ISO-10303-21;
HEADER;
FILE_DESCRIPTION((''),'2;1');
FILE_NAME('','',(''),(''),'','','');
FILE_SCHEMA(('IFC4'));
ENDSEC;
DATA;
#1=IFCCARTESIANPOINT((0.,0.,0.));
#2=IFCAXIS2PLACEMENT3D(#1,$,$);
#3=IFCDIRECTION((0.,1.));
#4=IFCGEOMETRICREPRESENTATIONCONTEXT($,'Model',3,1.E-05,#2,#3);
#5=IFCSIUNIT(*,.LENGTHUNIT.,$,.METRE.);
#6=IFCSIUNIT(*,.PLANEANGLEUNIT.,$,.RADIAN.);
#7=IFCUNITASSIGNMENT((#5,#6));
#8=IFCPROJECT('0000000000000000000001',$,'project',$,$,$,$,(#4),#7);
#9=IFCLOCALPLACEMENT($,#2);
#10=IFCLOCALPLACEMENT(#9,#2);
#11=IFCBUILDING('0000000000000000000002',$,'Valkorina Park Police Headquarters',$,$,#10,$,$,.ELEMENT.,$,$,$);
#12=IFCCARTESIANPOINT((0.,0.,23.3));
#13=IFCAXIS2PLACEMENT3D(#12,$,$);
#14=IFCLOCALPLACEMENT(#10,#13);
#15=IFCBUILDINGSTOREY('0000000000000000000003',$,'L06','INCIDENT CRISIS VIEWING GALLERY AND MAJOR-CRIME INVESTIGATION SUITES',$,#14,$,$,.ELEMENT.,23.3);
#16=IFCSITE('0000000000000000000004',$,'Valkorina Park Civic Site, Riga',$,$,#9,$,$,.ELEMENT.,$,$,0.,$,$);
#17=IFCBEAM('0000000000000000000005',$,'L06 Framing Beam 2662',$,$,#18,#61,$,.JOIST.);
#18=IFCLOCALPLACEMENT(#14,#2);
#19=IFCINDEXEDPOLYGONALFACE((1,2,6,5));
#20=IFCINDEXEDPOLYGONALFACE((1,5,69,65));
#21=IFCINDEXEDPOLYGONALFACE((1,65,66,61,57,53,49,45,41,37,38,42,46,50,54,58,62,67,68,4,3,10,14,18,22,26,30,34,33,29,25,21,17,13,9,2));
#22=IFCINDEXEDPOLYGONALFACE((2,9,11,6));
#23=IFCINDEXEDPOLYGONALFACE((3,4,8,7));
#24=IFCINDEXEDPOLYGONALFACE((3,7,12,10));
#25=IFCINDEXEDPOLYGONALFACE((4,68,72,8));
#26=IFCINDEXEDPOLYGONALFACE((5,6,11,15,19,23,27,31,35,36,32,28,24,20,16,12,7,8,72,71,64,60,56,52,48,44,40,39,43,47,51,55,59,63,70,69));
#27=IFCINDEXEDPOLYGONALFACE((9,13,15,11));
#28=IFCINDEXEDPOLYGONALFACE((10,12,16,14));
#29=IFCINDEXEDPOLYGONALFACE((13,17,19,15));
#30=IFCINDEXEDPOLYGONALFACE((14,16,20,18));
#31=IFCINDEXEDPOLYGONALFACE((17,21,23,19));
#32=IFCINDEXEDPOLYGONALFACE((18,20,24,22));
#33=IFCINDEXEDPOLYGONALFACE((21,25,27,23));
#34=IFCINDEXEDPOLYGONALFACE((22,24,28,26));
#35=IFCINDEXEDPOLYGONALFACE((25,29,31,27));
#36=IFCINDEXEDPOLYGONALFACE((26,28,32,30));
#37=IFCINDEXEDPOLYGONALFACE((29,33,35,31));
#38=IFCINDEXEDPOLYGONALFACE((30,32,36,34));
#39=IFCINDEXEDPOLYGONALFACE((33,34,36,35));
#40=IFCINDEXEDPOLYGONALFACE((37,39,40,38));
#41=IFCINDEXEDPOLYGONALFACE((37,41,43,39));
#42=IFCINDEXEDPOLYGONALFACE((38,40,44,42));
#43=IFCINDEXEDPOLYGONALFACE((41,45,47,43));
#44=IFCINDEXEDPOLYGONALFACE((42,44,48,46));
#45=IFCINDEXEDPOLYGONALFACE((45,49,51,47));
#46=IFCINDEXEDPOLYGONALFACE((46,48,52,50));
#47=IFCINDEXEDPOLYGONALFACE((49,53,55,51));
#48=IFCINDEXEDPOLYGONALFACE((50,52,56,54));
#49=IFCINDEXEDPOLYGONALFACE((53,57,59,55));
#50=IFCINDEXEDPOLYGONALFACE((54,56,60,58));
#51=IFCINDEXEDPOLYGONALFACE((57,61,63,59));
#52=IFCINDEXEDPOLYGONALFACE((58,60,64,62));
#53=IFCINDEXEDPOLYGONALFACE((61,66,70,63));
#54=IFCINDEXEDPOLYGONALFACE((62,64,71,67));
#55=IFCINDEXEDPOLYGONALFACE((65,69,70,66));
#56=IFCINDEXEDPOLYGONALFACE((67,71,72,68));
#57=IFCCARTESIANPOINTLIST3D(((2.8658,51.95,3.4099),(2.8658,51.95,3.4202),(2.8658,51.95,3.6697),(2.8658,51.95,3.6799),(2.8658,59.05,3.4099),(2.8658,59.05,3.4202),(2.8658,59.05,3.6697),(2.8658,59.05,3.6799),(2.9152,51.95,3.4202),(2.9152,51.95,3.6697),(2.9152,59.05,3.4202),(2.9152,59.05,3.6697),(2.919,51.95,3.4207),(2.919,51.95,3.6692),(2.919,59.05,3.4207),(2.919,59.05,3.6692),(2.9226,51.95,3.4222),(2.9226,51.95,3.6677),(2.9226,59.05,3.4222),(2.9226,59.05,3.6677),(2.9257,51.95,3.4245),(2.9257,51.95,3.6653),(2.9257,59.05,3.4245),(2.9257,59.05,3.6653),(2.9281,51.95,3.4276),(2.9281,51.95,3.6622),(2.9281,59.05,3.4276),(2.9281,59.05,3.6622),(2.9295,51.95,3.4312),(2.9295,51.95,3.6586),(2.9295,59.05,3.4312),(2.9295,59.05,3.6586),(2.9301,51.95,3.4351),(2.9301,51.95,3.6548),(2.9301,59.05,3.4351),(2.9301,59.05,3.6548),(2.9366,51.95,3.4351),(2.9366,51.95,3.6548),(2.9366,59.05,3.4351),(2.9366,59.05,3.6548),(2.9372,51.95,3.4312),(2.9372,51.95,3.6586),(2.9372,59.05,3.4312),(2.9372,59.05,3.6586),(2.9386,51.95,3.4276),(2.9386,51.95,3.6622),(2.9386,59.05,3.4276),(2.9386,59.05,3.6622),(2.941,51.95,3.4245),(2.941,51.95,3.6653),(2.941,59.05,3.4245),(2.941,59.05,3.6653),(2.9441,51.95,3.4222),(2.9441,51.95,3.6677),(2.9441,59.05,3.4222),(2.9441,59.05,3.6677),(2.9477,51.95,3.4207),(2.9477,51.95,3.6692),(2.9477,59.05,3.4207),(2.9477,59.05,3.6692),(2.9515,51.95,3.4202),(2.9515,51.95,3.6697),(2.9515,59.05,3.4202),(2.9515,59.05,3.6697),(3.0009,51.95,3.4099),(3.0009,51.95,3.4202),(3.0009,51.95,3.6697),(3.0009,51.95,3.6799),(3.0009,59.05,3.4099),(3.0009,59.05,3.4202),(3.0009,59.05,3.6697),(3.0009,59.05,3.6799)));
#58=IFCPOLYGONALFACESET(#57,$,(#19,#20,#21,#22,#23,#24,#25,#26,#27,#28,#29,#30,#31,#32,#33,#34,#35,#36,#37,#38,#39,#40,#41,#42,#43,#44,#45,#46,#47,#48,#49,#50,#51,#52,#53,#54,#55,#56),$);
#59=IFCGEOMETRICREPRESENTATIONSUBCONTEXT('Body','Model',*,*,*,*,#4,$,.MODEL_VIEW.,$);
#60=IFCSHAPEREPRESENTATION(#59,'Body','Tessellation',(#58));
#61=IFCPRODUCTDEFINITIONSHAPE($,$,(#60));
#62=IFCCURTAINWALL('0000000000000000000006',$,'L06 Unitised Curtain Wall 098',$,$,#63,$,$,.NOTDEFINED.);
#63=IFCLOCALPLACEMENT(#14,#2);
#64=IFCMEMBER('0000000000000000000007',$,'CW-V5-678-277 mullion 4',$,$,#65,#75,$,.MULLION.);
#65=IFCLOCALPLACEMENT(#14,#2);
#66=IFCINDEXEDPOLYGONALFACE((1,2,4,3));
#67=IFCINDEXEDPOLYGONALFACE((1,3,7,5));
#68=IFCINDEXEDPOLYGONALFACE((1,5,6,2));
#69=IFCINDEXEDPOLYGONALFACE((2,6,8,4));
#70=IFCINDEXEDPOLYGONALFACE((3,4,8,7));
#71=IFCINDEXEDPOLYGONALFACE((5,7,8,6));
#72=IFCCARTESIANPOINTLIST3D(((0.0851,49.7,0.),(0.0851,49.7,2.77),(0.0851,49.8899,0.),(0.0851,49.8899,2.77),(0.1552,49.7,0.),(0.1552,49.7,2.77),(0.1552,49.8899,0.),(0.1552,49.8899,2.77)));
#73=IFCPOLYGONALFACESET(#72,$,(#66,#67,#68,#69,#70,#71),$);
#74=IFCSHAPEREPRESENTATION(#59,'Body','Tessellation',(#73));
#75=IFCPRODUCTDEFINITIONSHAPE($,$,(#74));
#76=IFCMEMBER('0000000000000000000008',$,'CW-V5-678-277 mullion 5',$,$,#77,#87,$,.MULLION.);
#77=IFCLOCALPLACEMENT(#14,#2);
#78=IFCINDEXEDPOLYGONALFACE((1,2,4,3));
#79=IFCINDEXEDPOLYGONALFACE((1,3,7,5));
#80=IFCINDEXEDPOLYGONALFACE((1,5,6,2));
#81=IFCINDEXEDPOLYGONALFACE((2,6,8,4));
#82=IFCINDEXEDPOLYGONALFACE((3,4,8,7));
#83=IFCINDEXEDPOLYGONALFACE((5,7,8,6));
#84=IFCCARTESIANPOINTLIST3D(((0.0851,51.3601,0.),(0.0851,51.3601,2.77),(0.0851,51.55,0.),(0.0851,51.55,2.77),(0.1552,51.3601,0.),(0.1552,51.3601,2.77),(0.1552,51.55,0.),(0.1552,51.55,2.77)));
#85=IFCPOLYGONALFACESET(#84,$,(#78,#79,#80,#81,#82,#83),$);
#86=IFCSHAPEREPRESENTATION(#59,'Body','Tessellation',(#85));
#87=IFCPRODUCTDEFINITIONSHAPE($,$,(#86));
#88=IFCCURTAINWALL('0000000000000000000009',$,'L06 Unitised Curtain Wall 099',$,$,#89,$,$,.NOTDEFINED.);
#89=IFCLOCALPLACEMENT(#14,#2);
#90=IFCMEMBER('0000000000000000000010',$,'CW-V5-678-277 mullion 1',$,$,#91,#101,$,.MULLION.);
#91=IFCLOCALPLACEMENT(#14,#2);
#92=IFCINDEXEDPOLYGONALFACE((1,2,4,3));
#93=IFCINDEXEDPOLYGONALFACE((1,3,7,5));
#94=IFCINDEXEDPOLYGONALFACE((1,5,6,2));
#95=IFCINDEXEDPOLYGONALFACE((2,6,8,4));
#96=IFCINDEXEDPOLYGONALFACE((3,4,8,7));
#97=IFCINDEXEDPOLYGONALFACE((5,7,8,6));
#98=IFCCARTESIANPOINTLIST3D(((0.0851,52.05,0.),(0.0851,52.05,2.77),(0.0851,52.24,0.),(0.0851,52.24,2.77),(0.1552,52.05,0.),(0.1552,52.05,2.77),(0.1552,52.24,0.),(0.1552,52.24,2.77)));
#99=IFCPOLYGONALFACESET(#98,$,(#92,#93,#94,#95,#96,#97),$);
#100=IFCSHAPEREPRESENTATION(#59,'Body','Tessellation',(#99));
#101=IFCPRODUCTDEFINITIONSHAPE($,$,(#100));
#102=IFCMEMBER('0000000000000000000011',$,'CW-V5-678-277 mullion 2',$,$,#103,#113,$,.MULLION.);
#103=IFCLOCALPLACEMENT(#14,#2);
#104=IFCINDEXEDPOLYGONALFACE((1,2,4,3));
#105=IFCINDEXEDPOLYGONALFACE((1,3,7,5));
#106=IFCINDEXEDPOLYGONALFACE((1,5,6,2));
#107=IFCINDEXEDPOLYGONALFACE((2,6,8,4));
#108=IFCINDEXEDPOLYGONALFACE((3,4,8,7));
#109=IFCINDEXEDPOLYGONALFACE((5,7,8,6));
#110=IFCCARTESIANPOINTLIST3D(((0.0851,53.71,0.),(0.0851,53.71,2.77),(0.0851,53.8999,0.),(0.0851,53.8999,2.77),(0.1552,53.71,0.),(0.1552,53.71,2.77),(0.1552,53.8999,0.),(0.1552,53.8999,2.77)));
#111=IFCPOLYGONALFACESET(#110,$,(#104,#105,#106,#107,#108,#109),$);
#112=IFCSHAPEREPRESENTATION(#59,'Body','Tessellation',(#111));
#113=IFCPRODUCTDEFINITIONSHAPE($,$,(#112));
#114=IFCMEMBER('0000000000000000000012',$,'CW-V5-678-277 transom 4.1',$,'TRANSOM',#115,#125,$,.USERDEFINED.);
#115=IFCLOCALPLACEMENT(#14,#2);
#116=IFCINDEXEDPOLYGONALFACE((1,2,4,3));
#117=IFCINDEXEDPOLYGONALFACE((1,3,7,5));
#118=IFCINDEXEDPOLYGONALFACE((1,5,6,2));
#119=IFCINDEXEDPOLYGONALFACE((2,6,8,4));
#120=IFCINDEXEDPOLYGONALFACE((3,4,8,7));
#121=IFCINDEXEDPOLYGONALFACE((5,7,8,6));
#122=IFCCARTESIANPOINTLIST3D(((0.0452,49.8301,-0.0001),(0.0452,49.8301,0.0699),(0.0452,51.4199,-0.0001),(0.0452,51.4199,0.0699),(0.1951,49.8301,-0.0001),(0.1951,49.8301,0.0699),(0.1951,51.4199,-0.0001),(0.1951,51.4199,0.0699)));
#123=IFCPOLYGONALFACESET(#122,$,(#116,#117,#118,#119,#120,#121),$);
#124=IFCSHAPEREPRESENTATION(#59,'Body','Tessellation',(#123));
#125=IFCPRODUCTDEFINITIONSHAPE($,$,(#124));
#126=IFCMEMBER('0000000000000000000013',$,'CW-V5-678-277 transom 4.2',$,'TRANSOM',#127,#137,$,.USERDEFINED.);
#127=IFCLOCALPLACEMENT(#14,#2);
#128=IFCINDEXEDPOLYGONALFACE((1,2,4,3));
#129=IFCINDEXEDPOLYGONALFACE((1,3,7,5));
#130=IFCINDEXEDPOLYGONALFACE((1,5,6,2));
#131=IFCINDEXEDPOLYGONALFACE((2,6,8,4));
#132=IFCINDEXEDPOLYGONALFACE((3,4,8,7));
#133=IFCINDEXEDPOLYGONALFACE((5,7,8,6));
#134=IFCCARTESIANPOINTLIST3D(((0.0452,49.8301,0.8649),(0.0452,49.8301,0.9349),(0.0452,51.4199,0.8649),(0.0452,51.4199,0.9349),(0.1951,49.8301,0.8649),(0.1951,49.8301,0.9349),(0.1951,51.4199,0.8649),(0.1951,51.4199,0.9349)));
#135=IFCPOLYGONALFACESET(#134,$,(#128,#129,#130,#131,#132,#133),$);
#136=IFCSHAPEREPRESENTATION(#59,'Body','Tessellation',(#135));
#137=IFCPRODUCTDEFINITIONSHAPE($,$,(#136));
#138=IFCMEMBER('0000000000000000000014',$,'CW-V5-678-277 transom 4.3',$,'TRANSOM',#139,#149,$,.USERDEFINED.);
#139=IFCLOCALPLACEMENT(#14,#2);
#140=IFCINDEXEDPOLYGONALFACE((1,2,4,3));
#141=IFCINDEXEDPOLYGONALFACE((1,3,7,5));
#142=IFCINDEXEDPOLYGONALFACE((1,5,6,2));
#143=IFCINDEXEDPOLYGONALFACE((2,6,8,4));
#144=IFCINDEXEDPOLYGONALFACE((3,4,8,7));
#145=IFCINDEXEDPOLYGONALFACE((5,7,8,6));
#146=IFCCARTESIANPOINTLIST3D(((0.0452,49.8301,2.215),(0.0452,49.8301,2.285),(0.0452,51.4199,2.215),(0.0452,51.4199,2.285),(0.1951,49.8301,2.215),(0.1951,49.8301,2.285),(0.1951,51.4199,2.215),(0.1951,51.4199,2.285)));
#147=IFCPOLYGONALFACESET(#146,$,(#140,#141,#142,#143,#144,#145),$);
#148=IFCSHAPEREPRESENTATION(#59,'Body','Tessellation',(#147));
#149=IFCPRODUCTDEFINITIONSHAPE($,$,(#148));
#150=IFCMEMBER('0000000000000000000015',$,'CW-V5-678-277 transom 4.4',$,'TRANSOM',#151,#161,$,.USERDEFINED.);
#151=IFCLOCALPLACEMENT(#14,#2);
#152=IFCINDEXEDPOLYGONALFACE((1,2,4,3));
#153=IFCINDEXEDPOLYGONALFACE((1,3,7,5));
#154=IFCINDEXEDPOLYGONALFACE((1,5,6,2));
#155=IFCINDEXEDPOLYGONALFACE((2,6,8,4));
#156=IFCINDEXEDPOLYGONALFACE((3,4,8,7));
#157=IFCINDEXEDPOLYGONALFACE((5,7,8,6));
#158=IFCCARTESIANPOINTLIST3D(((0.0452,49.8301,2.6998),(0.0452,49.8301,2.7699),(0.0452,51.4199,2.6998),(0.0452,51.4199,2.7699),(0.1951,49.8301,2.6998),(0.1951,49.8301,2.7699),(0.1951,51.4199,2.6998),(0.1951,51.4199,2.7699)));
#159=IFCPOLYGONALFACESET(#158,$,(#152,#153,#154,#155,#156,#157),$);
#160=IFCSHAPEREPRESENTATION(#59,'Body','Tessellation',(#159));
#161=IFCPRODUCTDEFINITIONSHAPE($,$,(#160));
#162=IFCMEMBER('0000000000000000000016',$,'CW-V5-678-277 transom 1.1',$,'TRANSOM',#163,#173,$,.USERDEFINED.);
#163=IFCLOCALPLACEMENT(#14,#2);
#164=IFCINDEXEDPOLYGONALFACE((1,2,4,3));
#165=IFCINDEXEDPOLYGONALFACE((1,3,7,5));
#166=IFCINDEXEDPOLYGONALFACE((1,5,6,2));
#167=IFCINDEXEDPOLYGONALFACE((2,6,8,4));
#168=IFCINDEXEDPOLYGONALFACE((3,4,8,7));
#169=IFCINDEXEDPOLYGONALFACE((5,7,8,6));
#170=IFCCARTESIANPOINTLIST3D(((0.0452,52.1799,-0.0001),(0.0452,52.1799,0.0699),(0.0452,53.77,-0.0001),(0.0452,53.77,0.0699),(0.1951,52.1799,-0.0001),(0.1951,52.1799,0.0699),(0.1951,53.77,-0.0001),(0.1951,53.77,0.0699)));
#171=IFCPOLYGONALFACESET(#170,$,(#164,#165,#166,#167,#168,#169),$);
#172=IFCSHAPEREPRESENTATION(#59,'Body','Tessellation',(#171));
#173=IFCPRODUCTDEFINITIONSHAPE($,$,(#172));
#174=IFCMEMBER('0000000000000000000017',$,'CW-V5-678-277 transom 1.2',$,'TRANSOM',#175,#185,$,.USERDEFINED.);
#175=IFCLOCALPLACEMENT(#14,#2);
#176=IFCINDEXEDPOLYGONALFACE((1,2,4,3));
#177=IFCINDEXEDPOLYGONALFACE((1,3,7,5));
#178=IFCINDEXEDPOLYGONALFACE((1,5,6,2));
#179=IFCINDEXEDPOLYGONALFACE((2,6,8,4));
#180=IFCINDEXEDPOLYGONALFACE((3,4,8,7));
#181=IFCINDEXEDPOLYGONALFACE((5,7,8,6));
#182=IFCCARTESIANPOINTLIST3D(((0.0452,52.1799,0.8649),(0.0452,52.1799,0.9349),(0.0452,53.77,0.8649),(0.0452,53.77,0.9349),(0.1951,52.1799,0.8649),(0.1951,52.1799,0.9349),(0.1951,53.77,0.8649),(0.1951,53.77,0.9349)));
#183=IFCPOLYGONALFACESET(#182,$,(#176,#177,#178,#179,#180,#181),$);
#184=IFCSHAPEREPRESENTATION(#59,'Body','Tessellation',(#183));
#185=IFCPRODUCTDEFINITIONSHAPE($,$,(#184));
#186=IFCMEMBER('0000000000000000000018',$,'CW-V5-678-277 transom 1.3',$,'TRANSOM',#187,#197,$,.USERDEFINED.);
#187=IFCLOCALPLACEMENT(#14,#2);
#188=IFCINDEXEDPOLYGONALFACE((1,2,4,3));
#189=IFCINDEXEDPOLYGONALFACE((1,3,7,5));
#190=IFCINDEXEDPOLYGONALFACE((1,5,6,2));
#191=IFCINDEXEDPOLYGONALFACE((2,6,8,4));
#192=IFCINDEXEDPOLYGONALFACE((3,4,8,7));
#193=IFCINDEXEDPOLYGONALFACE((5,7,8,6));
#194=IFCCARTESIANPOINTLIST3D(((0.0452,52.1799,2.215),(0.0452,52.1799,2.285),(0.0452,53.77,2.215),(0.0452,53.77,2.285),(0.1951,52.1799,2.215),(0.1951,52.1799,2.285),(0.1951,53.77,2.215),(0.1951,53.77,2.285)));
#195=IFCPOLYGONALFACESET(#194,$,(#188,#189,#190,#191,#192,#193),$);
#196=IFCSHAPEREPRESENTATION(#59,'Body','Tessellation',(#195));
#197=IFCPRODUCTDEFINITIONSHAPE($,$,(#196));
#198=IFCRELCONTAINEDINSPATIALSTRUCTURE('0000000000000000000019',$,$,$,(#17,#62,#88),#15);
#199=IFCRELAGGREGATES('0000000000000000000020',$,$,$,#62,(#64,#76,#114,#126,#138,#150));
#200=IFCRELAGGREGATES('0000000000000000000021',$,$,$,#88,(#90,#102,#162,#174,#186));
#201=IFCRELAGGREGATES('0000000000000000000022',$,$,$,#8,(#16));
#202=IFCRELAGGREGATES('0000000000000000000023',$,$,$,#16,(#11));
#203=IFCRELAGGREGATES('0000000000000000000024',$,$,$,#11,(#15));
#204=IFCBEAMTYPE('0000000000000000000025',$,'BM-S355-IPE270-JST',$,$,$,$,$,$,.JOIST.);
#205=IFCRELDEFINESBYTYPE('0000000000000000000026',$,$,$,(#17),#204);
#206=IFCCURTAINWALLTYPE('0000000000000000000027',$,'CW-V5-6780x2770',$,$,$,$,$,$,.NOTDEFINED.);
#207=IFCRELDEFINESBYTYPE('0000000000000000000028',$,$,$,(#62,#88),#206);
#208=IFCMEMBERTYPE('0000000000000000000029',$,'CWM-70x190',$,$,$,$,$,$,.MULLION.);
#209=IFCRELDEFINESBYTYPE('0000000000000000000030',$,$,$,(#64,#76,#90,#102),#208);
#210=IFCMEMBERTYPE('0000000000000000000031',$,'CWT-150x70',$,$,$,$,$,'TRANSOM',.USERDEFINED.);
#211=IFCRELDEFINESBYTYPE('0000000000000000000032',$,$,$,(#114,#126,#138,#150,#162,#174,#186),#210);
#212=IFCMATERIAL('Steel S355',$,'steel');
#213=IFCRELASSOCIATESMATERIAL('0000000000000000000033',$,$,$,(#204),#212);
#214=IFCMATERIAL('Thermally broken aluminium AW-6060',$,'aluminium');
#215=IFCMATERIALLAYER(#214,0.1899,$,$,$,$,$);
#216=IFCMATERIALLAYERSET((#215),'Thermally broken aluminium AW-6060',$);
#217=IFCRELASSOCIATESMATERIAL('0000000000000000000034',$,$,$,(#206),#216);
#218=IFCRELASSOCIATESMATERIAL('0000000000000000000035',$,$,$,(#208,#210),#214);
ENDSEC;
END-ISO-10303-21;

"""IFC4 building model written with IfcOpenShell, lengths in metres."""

from ifc_helpers import new_model, si_unit, direction, frame, origin, origin_2d, place, context, subcontext, project, spatial, rectangle, i_section, extrude, material, layer, layer_set, material_profile, profile_set, type_object, element, aggregate, save


model = new_model("IFC4")

# Units and contexts
model_context = context("Model", 3, precision=1e-05, world=origin(), true_north=direction((0.0, 1.0)))
body_context = subcontext(model_context, "Body", "Model", "MODEL_VIEW")
ifc_project = project(units=[si_unit("LENGTHUNIT", "METRE"), si_unit("PLANEANGLEUNIT", "RADIAN")], contexts=[model_context])

# Site, building, storey
site_placement = place(None, origin())
site = spatial("IfcSite", under=ifc_project, at=site_placement, Name="Valkorina Park Civic Site, Riga", CompositionType="ELEMENT", RefElevation=0.0)
building_placement = place(site_placement, origin())
building = spatial("IfcBuilding", under=site, at=building_placement, Name="Valkorina Park Police Headquarters", CompositionType="ELEMENT")
storey_placement = place(building_placement, frame((0.0, 0.0, 23.3)))
storey = spatial("IfcBuildingStorey", under=building, at=storey_placement, Name="L06", Description="INCIDENT CRISIS VIEWING GALLERY AND MAJOR-CRIME INVESTIGATION SUITES", CompositionType="ELEMENT", Elevation=23.3)

# Shared definitions
ifc_material_1 = material(Name="Steel S355", Category="steel")

# Beam
ifc_material_profile_1 = material_profile(ifc_material_1, i_section(OverallWidth=0.135, OverallDepth=0.27, WebThickness=0.0066, FlangeThickness=0.0103, FilletRadius=0.0149, at=origin_2d()), Name="IPE 270")
ifc_profile_set_1 = profile_set([ifc_material_profile_1], Name="Steel S355")
beam_type_1 = type_object("IfcBeamType", Name="BM-S355-IPE270-JST", PredefinedType="JOIST", material=ifc_profile_set_1)
beam_1_placement = place(storey_placement, frame((2.9333, 51.95, 3.5449), z_axis=(0.0, 1.0, 0.0), x_axis=(-1.0, 0.0, 0.0)))
element("IfcBeam", 1, at=beam_1_placement, inside=storey, type_object=beam_type_1, Name="L06 Framing Beam 2662", PredefinedType="JOIST", context=body_context, shape_type="SweptSolid", body=[
    extrude(i_section(OverallWidth=0.135, OverallDepth=0.27, WebThickness=0.0066, FlangeThickness=0.0103, FilletRadius=0.0149, at=origin_2d()), origin(), (0.0, 0.0, 1.0), 7.1001),
])

# Curtain walls, members
ifc_material_2 = material(Name="Thermally broken aluminium AW-6060", Category="aluminium")
ifc_layer_1 = layer(ifc_material_2, 0.1899)
ifc_layer_set_1 = layer_set([ifc_layer_1], Name="Thermally broken aluminium AW-6060")
curtain_wall_type = type_object("IfcCurtainWallType", Name="CW-V5-6780x2770", PredefinedType="NOTDEFINED", material=ifc_layer_set_1)
curtain_wall_1_placement = place(storey_placement, origin())
curtain_wall_1 = element("IfcCurtainWall", 2, at=curtain_wall_1_placement, inside=storey, type_object=curtain_wall_type, Name="L06 Unitised Curtain Wall 098", PredefinedType="NOTDEFINED")
ifc_material_profile_2 = material_profile(ifc_material_2, rectangle(XDim=0.0701, YDim=0.1899, at=origin_2d()), Name="CWM-02 70x190")
ifc_profile_set_2 = profile_set([ifc_material_profile_2], Name="Thermally broken aluminium AW-6060")
member_type_1 = type_object("IfcMemberType", Name="CWM-70x190", PredefinedType="MULLION", material=ifc_profile_set_2)
member_1_placement = place(storey_placement, frame((0.1201, 49.7949, 0.0), z_axis=(0.0, 0.0, 1.0), x_axis=(-1.0, 0.0, 0.0)))
member_1 = element("IfcMember", 3, at=member_1_placement, type_object=member_type_1, Name="CW-V5-678-277 mullion 4", PredefinedType="MULLION", context=body_context, shape_type="SweptSolid", body=[
    extrude(rectangle(XDim=0.0701, YDim=0.1899, at=origin_2d()), origin(), (0.0, 0.0, 1.0), 2.77),
])
member_2_placement = place(storey_placement, frame((0.1201, 51.4551, 0.0), z_axis=(0.0, 0.0, 1.0), x_axis=(-1.0, 0.0, 0.0)))
member_2 = element("IfcMember", 4, at=member_2_placement, type_object=member_type_1, Name="CW-V5-678-277 mullion 5", PredefinedType="MULLION", context=body_context, shape_type="SweptSolid", body=[
    extrude(rectangle(XDim=0.0701, YDim=0.1899, at=origin_2d()), origin(), (0.0, 0.0, 1.0), 2.77),
])
curtain_wall_2_placement = place(storey_placement, origin())
curtain_wall_2 = element("IfcCurtainWall", 5, at=curtain_wall_2_placement, inside=storey, type_object=curtain_wall_type, Name="L06 Unitised Curtain Wall 099", PredefinedType="NOTDEFINED")
member_3_placement = place(storey_placement, frame((0.1201, 52.145, 0.0), z_axis=(0.0, 0.0, 1.0), x_axis=(-1.0, 0.0, 0.0)))
member_3 = element("IfcMember", 6, at=member_3_placement, type_object=member_type_1, Name="CW-V5-678-277 mullion 1", PredefinedType="MULLION", context=body_context, shape_type="SweptSolid", body=[
    extrude(rectangle(XDim=0.0701, YDim=0.1899, at=origin_2d()), origin(), (0.0, 0.0, 1.0), 2.77),
])
member_4_placement = place(storey_placement, frame((0.1201, 53.8049, 0.0), z_axis=(0.0, 0.0, 1.0), x_axis=(-1.0, 0.0, 0.0)))
member_4 = element("IfcMember", 7, at=member_4_placement, type_object=member_type_1, Name="CW-V5-678-277 mullion 2", PredefinedType="MULLION", context=body_context, shape_type="SweptSolid", body=[
    extrude(rectangle(XDim=0.0701, YDim=0.1899, at=origin_2d()), origin(), (0.0, 0.0, 1.0), 2.77),
])

# Members
ifc_material_profile_3 = material_profile(ifc_material_2, rectangle(XDim=0.1499, YDim=0.0701, at=origin_2d()), Name="CWT-02 150x70")
ifc_profile_set_3 = profile_set([ifc_material_profile_3], Name="Thermally broken aluminium AW-6060")
member_type_2 = type_object("IfcMemberType", Name="CWT-150x70", ElementType="TRANSOM", PredefinedType="USERDEFINED", material=ifc_profile_set_3)
member_5_placement = place(storey_placement, frame((0.1201, 49.8301, 0.0349), z_axis=(0.0, 1.0, 0.0), x_axis=(-1.0, 0.0, 0.0)))
member_5 = element("IfcMember", 8, at=member_5_placement, type_object=member_type_2, Name="CW-V5-678-277 transom 4.1", ObjectType="TRANSOM", PredefinedType="USERDEFINED", context=body_context, shape_type="SweptSolid", body=[
    extrude(rectangle(XDim=0.1499, YDim=0.0701, at=origin_2d()), origin(), (0.0, 0.0, 1.0), 1.5898),
])
member_6_placement = place(storey_placement, frame((0.1201, 49.8301, 0.8999), z_axis=(0.0, 1.0, 0.0), x_axis=(-1.0, 0.0, 0.0)))
member_6 = element("IfcMember", 9, at=member_6_placement, type_object=member_type_2, Name="CW-V5-678-277 transom 4.2", ObjectType="TRANSOM", PredefinedType="USERDEFINED", context=body_context, shape_type="SweptSolid", body=[
    extrude(rectangle(XDim=0.1499, YDim=0.0701, at=origin_2d()), origin(), (0.0, 0.0, 1.0), 1.5898),
])
member_7_placement = place(storey_placement, frame((0.1201, 49.8301, 2.25), z_axis=(0.0, 1.0, 0.0), x_axis=(-1.0, 0.0, 0.0)))
member_7 = element("IfcMember", 10, at=member_7_placement, type_object=member_type_2, Name="CW-V5-678-277 transom 4.3", ObjectType="TRANSOM", PredefinedType="USERDEFINED", context=body_context, shape_type="SweptSolid", body=[
    extrude(rectangle(XDim=0.1499, YDim=0.0701, at=origin_2d()), origin(), (0.0, 0.0, 1.0), 1.5898),
])
member_8_placement = place(storey_placement, frame((0.1201, 49.8301, 2.7349), z_axis=(0.0, 1.0, 0.0), x_axis=(-1.0, 0.0, 0.0)))
member_8 = element("IfcMember", 11, at=member_8_placement, type_object=member_type_2, Name="CW-V5-678-277 transom 4.4", ObjectType="TRANSOM", PredefinedType="USERDEFINED", context=body_context, shape_type="SweptSolid", body=[
    extrude(rectangle(XDim=0.1499, YDim=0.0701, at=origin_2d()), origin(), (0.0, 0.0, 1.0), 1.5898),
])
member_9_placement = place(storey_placement, frame((0.1201, 52.1799, 0.0349), z_axis=(0.0, 1.0, 0.0), x_axis=(-1.0, 0.0, 0.0)))
member_9 = element("IfcMember", 12, at=member_9_placement, type_object=member_type_2, Name="CW-V5-678-277 transom 1.1", ObjectType="TRANSOM", PredefinedType="USERDEFINED", context=body_context, shape_type="SweptSolid", body=[
    extrude(rectangle(XDim=0.1499, YDim=0.0701, at=origin_2d()), origin(), (0.0, 0.0, 1.0), 1.5901),
])
member_10_placement = place(storey_placement, frame((0.1201, 52.1799, 0.8999), z_axis=(0.0, 1.0, 0.0), x_axis=(-1.0, 0.0, 0.0)))
member_10 = element("IfcMember", 13, at=member_10_placement, type_object=member_type_2, Name="CW-V5-678-277 transom 1.2", ObjectType="TRANSOM", PredefinedType="USERDEFINED", context=body_context, shape_type="SweptSolid", body=[
    extrude(rectangle(XDim=0.1499, YDim=0.0701, at=origin_2d()), origin(), (0.0, 0.0, 1.0), 1.5901),
])
member_11_placement = place(storey_placement, frame((0.1201, 52.1799, 2.25), z_axis=(0.0, 1.0, 0.0), x_axis=(-1.0, 0.0, 0.0)))
member_11 = element("IfcMember", 14, at=member_11_placement, type_object=member_type_2, Name="CW-V5-678-277 transom 1.3", ObjectType="TRANSOM", PredefinedType="USERDEFINED", context=body_context, shape_type="SweptSolid", body=[
    extrude(rectangle(XDim=0.1499, YDim=0.0701, at=origin_2d()), origin(), (0.0, 0.0, 1.0), 1.5901),
])

aggregate(curtain_wall_1, [member_1, member_2, member_5, member_6, member_7, member_8])
aggregate(curtain_wall_2, [member_3, member_4, member_9, member_10, member_11])

save(model, "model.ifc")
